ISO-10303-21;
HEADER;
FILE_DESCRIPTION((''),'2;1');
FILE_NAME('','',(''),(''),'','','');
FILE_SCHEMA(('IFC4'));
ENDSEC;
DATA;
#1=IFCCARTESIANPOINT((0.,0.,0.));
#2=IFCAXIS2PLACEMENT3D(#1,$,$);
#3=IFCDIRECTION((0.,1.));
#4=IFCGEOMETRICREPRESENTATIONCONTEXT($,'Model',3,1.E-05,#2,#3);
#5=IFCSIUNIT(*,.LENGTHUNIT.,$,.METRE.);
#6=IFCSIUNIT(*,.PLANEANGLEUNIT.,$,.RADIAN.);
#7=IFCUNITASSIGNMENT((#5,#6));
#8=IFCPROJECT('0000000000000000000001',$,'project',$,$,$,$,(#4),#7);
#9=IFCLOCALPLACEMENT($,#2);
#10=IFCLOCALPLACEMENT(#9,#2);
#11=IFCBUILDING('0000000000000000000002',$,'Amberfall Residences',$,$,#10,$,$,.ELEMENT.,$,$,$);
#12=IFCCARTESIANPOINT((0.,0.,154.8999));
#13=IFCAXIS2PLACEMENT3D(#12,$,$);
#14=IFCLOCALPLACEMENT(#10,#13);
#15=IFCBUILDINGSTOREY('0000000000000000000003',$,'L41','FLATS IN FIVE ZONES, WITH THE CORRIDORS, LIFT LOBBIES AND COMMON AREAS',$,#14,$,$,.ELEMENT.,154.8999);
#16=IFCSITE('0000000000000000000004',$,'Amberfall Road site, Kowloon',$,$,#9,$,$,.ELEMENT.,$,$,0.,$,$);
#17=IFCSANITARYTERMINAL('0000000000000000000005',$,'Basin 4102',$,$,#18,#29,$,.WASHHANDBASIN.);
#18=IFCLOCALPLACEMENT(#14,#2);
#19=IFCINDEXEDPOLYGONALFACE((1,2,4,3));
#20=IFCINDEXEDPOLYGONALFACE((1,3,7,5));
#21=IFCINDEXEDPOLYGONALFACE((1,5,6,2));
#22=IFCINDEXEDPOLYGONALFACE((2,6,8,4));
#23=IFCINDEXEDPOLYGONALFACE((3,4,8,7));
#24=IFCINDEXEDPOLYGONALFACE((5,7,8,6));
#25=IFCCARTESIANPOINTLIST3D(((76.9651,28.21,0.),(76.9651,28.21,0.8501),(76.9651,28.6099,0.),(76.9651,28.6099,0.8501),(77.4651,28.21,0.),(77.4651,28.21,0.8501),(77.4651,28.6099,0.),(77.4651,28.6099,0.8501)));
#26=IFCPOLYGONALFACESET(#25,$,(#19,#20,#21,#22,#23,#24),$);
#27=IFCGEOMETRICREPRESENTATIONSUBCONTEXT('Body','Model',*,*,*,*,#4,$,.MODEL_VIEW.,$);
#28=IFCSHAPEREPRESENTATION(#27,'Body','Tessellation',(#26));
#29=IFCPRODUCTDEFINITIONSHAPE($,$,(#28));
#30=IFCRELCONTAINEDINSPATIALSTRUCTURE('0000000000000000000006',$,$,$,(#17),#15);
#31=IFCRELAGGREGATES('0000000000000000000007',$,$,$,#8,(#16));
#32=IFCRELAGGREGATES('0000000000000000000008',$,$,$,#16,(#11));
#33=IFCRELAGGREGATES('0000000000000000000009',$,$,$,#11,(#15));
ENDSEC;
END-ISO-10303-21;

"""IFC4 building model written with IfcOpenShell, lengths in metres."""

from ifc_helpers import new_model, si_unit, direction, frame, origin, origin_2d, place, context, subcontext, project, spatial, rectangle, extrude, element, save


model = new_model("IFC4")

# Units and contexts
model_context = context("Model", 3, precision=1e-05, world=origin(), true_north=direction((0.0, 1.0)))
body_context = subcontext(model_context, "Body", "Model", "MODEL_VIEW")
ifc_project = project(units=[si_unit("LENGTHUNIT", "METRE"), si_unit("PLANEANGLEUNIT", "RADIAN")], contexts=[model_context])

# Site, building, storey
site_placement = place(None, origin())
site = spatial("IfcSite", under=ifc_project, at=site_placement, Name="Amberfall Road site, Kowloon", CompositionType="ELEMENT", RefElevation=0.0)
building_placement = place(site_placement, origin())
building = spatial("IfcBuilding", under=site, at=building_placement, Name="Amberfall Residences", CompositionType="ELEMENT")
storey_placement = place(building_placement, frame((0.0, 0.0, 154.8999)))
storey = spatial("IfcBuildingStorey", under=building, at=storey_placement, Name="L41", Description="FLATS IN FIVE ZONES, WITH THE CORRIDORS, LIFT LOBBIES AND COMMON AREAS", CompositionType="ELEMENT", Elevation=154.8999)

# Sanitary terminal
sanitary_terminal_1_placement = place(storey_placement, frame((77.2151, 28.4099, 0.0), z_axis=(0.0, 0.0, 1.0), x_axis=(1.0, 0.0, 0.0)))
element("IfcSanitaryTerminal", 1, at=sanitary_terminal_1_placement, inside=storey, Name="Basin 4102", PredefinedType="WASHHANDBASIN", context=body_context, shape_type="SweptSolid", body=[
    extrude(rectangle(XDim=0.5, YDim=0.3999, at=origin_2d()), origin(), (0.0, 0.0, 1.0), 0.8501),
])

save(model, "model.ifc")
